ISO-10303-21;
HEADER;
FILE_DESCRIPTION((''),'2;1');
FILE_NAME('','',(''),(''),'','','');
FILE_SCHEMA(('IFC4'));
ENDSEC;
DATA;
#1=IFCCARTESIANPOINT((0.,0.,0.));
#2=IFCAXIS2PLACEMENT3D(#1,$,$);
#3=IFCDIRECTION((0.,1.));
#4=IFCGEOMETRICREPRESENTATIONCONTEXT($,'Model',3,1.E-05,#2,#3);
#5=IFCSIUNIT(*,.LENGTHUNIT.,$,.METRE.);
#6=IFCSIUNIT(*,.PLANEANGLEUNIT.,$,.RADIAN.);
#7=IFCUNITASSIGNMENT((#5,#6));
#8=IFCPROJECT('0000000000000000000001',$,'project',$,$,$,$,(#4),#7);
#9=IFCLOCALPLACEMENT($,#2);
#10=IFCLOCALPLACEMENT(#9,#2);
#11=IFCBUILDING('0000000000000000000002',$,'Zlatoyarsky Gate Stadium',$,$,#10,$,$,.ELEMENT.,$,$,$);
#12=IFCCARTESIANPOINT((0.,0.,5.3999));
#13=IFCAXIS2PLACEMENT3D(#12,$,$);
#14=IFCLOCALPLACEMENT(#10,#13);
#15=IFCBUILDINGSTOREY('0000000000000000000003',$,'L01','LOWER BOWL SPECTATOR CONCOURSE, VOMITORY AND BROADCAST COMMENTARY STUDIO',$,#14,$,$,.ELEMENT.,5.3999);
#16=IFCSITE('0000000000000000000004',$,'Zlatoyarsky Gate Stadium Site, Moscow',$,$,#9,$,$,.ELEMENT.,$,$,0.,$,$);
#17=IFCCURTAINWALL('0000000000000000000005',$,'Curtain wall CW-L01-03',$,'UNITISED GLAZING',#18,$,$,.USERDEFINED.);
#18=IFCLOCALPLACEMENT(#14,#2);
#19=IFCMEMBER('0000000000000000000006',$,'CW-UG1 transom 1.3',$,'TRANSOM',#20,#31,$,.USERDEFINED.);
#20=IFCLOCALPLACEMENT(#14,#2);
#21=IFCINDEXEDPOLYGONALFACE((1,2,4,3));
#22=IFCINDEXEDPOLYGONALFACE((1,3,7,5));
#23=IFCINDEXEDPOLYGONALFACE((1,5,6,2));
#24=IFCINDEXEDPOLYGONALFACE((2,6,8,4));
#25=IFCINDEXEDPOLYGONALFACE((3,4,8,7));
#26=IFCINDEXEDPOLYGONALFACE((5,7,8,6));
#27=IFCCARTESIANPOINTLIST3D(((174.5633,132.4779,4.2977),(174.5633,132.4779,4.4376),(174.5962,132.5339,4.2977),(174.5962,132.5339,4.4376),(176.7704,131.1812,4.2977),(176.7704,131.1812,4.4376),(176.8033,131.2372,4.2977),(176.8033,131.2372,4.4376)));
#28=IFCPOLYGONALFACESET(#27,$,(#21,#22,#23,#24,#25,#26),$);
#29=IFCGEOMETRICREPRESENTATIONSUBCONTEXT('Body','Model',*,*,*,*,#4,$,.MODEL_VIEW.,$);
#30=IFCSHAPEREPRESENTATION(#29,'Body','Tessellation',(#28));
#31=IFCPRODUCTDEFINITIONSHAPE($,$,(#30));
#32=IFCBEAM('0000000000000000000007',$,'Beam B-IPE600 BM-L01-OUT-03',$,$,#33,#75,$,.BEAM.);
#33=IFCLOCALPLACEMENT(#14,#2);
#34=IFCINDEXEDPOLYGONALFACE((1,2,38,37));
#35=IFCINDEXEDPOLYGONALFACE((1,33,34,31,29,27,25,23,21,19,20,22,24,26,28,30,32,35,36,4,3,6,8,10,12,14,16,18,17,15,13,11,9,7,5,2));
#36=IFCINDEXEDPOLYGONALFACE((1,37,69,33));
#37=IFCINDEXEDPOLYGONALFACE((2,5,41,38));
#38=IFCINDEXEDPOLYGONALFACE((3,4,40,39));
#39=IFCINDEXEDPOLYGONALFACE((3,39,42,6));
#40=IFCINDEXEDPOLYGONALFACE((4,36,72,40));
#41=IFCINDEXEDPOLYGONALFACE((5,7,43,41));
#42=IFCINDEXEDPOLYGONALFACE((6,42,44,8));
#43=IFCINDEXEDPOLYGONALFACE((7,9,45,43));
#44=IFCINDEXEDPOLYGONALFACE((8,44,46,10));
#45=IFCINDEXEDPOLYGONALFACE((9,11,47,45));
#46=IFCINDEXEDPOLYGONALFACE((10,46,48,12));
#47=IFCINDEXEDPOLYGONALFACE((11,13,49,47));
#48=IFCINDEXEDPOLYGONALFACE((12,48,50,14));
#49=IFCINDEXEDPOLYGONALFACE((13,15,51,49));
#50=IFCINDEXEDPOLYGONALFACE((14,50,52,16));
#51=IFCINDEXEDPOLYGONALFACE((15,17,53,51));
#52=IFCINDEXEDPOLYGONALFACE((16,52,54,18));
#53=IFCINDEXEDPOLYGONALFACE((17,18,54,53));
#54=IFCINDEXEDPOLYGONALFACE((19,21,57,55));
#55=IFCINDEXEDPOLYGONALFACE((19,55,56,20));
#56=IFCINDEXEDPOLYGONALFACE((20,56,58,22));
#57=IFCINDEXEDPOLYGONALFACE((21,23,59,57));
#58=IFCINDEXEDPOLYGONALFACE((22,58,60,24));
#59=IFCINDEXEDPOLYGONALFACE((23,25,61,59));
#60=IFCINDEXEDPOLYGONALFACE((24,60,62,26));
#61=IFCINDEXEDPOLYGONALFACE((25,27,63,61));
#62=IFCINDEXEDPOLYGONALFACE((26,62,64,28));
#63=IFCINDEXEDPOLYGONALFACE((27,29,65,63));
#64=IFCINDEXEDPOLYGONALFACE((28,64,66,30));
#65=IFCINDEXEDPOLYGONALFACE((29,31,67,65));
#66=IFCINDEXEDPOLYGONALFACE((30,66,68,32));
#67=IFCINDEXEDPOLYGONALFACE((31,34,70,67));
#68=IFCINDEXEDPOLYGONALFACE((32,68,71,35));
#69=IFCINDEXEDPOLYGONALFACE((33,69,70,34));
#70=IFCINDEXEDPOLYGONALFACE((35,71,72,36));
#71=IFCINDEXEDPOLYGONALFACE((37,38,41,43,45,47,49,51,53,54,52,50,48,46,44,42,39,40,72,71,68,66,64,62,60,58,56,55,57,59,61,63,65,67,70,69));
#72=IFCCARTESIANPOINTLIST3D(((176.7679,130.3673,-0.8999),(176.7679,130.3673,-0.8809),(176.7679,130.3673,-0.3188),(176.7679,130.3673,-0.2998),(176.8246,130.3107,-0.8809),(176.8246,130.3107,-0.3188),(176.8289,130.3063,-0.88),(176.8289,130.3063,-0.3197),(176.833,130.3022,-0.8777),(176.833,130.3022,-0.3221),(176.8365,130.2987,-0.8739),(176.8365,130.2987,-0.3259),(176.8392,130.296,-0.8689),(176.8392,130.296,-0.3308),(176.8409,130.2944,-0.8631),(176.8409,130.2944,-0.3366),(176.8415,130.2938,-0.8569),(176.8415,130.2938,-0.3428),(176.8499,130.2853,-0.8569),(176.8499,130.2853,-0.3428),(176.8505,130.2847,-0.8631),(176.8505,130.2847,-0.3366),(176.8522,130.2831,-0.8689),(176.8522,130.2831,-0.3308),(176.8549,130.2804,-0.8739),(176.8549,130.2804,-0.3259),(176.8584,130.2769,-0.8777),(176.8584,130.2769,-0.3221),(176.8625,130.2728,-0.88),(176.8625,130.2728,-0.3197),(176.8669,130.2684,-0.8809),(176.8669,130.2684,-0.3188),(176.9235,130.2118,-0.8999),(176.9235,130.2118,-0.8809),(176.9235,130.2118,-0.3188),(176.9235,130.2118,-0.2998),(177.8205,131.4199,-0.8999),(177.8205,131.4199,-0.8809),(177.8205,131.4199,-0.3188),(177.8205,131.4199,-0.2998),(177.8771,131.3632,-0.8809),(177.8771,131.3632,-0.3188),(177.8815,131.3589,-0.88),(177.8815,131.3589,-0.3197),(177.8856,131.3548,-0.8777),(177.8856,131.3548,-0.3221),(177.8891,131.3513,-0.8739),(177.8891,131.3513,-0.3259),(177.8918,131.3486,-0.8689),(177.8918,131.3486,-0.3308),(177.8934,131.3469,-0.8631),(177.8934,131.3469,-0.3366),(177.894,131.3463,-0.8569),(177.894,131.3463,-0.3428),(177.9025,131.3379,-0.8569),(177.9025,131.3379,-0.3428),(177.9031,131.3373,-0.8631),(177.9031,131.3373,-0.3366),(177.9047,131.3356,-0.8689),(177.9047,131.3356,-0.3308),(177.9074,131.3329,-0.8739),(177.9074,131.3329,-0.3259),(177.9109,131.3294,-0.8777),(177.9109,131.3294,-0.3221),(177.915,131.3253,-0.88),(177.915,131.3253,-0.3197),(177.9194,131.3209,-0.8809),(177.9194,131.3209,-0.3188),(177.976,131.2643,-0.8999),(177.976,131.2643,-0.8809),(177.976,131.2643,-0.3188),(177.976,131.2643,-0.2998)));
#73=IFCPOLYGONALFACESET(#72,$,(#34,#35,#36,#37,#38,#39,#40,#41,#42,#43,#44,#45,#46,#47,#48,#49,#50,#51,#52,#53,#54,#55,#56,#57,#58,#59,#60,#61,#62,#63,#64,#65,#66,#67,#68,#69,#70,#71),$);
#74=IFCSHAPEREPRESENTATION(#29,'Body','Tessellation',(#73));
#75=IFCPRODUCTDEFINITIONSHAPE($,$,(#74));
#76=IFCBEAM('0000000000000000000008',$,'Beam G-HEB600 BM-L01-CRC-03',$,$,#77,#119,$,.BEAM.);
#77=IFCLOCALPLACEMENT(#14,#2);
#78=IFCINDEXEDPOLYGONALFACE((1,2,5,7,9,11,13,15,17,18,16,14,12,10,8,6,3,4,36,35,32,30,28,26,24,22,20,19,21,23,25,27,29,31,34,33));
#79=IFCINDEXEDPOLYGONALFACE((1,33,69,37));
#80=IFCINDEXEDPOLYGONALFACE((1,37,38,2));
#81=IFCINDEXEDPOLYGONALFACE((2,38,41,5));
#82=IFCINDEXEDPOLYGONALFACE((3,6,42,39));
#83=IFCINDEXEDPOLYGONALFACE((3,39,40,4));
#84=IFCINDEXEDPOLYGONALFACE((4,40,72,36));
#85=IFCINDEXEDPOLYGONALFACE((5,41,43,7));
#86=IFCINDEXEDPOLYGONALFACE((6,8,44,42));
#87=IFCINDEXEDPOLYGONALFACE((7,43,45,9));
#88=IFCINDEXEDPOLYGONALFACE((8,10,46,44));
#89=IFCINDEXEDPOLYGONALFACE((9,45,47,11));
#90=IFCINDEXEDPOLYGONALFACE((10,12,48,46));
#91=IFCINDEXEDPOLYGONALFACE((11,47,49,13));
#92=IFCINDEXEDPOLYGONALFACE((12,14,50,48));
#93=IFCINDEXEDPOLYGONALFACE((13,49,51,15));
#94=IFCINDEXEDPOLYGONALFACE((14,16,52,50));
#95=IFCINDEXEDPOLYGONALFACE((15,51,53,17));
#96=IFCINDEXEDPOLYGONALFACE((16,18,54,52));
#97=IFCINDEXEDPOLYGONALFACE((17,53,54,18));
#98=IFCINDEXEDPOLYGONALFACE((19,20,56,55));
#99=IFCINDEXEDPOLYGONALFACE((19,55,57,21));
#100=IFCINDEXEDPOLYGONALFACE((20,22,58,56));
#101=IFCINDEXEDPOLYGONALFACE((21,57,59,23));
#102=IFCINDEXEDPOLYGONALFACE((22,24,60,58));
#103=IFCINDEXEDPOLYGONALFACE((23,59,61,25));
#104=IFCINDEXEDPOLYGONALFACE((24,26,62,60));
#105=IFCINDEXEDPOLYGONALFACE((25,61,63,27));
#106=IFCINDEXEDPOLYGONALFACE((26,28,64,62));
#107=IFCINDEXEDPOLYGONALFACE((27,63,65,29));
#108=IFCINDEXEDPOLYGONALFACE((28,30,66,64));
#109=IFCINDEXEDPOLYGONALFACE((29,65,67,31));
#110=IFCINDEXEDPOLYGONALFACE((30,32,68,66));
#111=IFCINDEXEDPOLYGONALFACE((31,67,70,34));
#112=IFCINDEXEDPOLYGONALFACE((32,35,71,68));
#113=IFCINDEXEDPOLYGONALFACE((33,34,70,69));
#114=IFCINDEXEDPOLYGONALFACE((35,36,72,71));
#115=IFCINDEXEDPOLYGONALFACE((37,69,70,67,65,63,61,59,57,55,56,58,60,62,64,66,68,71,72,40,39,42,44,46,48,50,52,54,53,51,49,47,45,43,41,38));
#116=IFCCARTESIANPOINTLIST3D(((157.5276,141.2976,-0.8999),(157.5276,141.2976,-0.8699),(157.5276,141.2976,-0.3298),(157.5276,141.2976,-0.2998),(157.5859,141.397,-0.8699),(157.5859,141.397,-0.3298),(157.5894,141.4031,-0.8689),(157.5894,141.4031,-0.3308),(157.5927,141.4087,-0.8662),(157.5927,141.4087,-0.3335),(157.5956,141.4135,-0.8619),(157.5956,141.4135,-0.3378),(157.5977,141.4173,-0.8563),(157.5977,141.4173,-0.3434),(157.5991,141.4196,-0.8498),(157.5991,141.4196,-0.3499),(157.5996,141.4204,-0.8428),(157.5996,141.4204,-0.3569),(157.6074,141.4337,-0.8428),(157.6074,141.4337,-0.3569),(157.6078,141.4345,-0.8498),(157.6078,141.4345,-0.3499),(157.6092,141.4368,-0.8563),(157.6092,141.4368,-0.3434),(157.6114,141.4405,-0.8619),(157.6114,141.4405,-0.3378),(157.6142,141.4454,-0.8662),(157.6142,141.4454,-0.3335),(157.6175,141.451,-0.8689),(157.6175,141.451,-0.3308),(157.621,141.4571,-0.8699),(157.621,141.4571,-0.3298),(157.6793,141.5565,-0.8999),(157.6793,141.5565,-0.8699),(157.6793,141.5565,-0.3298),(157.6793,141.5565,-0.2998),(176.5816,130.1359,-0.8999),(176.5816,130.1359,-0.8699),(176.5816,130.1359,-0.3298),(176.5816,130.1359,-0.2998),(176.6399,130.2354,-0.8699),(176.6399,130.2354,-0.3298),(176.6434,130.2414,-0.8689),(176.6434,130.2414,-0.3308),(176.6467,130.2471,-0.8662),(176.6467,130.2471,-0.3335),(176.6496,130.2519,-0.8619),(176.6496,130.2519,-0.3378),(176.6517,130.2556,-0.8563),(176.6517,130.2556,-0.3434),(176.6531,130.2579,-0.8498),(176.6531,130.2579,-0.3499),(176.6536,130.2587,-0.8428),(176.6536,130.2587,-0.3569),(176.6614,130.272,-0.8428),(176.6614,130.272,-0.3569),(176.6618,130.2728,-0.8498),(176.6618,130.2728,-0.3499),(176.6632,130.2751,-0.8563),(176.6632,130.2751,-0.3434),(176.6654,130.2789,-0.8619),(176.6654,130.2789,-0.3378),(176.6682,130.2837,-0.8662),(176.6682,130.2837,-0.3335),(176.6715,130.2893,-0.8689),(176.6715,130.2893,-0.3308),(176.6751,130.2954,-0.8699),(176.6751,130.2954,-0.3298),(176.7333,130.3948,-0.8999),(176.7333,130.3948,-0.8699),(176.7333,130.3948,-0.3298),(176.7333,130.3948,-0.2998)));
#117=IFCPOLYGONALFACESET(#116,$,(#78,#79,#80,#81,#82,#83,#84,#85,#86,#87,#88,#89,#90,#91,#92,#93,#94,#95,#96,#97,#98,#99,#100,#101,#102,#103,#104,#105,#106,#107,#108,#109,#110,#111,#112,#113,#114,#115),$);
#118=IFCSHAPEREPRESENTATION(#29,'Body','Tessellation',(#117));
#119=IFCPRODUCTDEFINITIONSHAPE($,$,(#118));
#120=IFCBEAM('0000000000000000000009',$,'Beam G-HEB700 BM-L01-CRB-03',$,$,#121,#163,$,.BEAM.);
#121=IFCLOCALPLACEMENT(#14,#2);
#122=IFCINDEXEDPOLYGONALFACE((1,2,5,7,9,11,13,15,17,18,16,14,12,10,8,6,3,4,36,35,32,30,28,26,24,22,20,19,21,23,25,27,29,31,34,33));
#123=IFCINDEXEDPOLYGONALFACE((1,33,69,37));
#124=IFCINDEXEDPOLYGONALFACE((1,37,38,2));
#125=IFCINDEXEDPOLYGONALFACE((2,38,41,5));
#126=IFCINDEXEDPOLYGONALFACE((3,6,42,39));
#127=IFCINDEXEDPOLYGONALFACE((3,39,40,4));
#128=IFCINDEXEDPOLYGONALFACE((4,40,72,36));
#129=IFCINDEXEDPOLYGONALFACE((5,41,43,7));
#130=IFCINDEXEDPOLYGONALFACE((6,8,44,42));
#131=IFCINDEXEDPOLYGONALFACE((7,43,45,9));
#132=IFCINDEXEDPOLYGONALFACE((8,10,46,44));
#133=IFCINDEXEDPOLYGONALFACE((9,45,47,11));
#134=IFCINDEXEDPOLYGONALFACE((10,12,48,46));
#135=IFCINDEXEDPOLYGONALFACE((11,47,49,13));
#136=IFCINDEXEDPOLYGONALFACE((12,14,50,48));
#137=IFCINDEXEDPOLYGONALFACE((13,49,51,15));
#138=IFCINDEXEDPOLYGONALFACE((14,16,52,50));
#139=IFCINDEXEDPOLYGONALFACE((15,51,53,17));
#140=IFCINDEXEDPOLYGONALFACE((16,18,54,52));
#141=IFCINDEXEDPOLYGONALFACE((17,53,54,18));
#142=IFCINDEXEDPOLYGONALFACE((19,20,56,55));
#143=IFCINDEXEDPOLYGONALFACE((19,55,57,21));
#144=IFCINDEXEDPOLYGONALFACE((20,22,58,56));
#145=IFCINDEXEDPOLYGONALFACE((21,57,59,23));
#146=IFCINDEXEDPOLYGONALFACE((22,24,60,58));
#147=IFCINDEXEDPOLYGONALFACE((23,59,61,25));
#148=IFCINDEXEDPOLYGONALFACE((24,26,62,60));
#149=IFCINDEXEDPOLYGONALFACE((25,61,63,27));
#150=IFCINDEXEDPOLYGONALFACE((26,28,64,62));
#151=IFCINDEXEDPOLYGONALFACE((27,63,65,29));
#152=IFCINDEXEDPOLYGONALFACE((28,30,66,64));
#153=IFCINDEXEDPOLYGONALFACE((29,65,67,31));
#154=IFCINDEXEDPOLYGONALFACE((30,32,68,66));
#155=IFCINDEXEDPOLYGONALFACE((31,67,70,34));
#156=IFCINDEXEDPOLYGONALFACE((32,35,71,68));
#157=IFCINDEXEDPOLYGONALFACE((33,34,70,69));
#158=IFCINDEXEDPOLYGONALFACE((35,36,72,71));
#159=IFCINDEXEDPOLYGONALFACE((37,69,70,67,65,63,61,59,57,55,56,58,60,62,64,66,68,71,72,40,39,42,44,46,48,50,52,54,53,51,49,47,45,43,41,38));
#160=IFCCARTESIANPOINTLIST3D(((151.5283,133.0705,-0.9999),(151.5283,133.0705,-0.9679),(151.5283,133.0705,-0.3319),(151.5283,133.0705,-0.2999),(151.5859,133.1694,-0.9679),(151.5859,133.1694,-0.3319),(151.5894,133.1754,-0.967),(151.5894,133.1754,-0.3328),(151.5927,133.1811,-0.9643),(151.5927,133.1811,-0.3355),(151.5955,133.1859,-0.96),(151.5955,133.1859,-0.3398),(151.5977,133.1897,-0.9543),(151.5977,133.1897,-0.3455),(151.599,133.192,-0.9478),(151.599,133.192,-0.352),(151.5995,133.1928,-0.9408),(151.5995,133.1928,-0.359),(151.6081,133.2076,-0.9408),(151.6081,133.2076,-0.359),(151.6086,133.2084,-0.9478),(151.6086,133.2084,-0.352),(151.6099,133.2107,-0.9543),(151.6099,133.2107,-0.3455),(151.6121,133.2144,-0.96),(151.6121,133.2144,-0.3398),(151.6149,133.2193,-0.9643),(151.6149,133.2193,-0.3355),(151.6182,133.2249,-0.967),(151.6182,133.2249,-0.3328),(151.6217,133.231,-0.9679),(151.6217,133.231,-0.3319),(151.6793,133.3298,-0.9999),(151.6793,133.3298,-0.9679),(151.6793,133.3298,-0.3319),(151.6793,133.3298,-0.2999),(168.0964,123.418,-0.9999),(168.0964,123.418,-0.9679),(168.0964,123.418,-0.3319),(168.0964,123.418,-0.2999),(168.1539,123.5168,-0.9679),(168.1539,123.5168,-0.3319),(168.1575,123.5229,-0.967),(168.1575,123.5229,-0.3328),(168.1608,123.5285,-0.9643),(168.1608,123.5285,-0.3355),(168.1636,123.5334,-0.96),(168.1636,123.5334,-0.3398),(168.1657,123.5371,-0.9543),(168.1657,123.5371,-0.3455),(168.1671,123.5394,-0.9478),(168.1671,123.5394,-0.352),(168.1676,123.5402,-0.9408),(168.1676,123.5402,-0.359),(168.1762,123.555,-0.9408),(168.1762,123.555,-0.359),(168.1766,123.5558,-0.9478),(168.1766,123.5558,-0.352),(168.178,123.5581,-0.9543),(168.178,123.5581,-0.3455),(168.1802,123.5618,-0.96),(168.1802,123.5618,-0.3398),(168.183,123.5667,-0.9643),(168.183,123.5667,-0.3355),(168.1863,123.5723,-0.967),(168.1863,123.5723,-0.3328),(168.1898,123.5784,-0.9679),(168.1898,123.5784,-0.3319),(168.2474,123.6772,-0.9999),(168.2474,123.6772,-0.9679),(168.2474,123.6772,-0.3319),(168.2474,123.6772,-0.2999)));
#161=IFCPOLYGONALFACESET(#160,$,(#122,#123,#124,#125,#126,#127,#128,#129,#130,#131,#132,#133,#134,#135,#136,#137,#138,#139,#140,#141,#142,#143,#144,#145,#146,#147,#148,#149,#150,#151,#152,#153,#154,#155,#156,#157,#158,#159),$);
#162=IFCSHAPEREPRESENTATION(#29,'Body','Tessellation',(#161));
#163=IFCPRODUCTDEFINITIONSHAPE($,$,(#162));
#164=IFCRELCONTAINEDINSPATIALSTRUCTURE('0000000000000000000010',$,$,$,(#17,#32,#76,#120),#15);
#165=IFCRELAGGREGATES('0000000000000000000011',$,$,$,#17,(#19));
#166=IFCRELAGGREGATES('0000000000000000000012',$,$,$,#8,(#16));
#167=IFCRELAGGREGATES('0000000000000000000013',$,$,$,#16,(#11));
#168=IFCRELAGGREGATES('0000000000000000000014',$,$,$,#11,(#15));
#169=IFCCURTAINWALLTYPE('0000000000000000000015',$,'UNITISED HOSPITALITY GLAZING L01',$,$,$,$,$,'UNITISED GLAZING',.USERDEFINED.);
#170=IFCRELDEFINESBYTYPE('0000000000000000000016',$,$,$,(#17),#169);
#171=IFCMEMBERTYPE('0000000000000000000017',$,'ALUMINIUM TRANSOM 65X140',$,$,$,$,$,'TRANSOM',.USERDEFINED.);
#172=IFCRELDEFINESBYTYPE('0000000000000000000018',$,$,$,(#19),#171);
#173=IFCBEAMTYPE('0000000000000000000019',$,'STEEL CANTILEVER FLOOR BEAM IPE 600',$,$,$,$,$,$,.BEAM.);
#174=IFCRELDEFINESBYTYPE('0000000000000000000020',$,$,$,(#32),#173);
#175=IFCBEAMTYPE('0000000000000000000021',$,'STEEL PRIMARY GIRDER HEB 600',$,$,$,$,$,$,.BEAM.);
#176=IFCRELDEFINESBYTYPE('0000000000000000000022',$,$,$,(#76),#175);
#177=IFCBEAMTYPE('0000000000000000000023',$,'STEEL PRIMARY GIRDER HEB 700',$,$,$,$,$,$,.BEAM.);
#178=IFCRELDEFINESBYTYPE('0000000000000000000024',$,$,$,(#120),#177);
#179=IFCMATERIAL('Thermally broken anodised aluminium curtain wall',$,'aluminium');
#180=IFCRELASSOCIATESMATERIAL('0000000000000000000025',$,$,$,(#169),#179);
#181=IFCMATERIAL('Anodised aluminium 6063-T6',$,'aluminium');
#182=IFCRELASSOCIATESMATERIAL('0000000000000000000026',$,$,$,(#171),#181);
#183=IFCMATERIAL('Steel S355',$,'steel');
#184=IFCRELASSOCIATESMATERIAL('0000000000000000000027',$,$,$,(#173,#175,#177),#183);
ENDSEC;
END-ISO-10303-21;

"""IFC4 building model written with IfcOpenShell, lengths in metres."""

from ifc_helpers import new_model, si_unit, direction, frame, origin, origin_2d, place, context, subcontext, project, spatial, rectangle, i_section, extrude, material, material_profile, profile_set, type_object, element, aggregate, save


model = new_model("IFC4")

# Units and contexts
model_context = context("Model", 3, precision=1e-05, world=origin(), true_north=direction((0.0, 1.0)))
body_context = subcontext(model_context, "Body", "Model", "MODEL_VIEW")
ifc_project = project(units=[si_unit("LENGTHUNIT", "METRE"), si_unit("PLANEANGLEUNIT", "RADIAN")], contexts=[model_context])

# Site, building, storey
site_placement = place(None, origin())
site = spatial("IfcSite", under=ifc_project, at=site_placement, Name="Zlatoyarsky Gate Stadium Site, Moscow", CompositionType="ELEMENT", RefElevation=0.0)
building_placement = place(site_placement, origin())
building = spatial("IfcBuilding", under=site, at=building_placement, Name="Zlatoyarsky Gate Stadium", CompositionType="ELEMENT")
storey_placement = place(building_placement, frame((0.0, 0.0, 5.3999)))
storey = spatial("IfcBuildingStorey", under=building, at=storey_placement, Name="L01", Description="LOWER BOWL SPECTATOR CONCOURSE, VOMITORY AND BROADCAST COMMENTARY STUDIO", CompositionType="ELEMENT", Elevation=5.3999)

# Shared definitions
ifc_material_1 = material(Name="Steel S355", Category="steel")

# Shared definitions
ifc_material_2 = material(Name="Thermally broken anodised aluminium curtain wall", Category="aluminium")
curtain_wall_type = type_object("IfcCurtainWallType", Name="UNITISED HOSPITALITY GLAZING L01", ElementType="UNITISED GLAZING", PredefinedType="USERDEFINED", material=ifc_material_2)
ifc_material_3 = material(Name="Anodised aluminium 6063-T6", Category="aluminium")

# Curtain wall
curtain_wall_1_placement = place(storey_placement, origin())
curtain_wall_1 = element("IfcCurtainWall", 1, at=curtain_wall_1_placement, inside=storey, type_object=curtain_wall_type, Name="Curtain wall CW-L01-03", ObjectType="UNITISED GLAZING", PredefinedType="USERDEFINED")

# Member
ifc_material_profile_1 = material_profile(ifc_material_3, rectangle(XDim=0.0649, YDim=0.1399, at=origin_2d()), Name="ALU 65X140")
ifc_profile_set_1 = profile_set([ifc_material_profile_1], Name="Anodised aluminium 6063-T6")
member_type_1 = type_object("IfcMemberType", Name="ALUMINIUM TRANSOM 65X140", ElementType="TRANSOM", PredefinedType="USERDEFINED", material=ifc_profile_set_1)
member_1_placement = place(storey_placement, frame((176.7869, 131.2092, 4.3677), z_axis=(-0.862211, 0.506549, 0.0), x_axis=(-0.506549, -0.862211, 0.0)))
member_1 = element("IfcMember", 2, at=member_1_placement, type_object=member_type_1, Name="CW-UG1 transom 1.3", ObjectType="TRANSOM", PredefinedType="USERDEFINED", context=body_context, shape_type="SweptSolid", body=[
    extrude(rectangle(XDim=0.0649, YDim=0.1399, at=origin_2d()), origin(), (0.0, 0.0, 1.0), 2.5598),
])
aggregate(curtain_wall_1, [member_1])

# Beams
ifc_material_profile_2 = material_profile(ifc_material_1, i_section(OverallWidth=0.22, OverallDepth=0.6001, WebThickness=0.012, FlangeThickness=0.019, FilletRadius=0.0239, at=origin_2d()), Name="IPE 600")
ifc_profile_set_2 = profile_set([ifc_material_profile_2], Name="Steel S355")
beam_type_1 = type_object("IfcBeamType", Name="STEEL CANTILEVER FLOOR BEAM IPE 600", PredefinedType="BEAM", material=ifc_profile_set_2)
beam_1_placement = place(storey_placement, frame((176.8457, 130.2896, -0.5999), z_axis=(0.707107, 0.707107, 0.0), x_axis=(-0.707107, 0.707107, 0.0)))
element("IfcBeam", 3, at=beam_1_placement, inside=storey, type_object=beam_type_1, Name="Beam B-IPE600 BM-L01-OUT-03", PredefinedType="BEAM", context=body_context, shape_type="SweptSolid", body=[
    extrude(i_section(OverallWidth=0.22, OverallDepth=0.6001, WebThickness=0.012, FlangeThickness=0.019, FilletRadius=0.0239, at=origin_2d()), origin(), (0.0, 0.0, 1.0), 1.4885),
])
ifc_material_profile_3 = material_profile(ifc_material_1, i_section(OverallWidth=0.3, OverallDepth=0.6001, WebThickness=0.0154, FlangeThickness=0.03, FilletRadius=0.0271, at=origin_2d()), Name="HEB 600")
ifc_profile_set_3 = profile_set([ifc_material_profile_3], Name="Steel S355")
beam_type_2 = type_object("IfcBeamType", Name="STEEL PRIMARY GIRDER HEB 600", PredefinedType="BEAM", material=ifc_profile_set_3)
beam_2_placement = place(storey_placement, frame((176.6575, 130.2654, -0.5999), z_axis=(-0.862855, 0.505452, 0.0), x_axis=(-0.505452, -0.862855, 0.0)))
element("IfcBeam", 4, at=beam_2_placement, inside=storey, type_object=beam_type_2, Name="Beam G-HEB600 BM-L01-CRC-03", PredefinedType="BEAM", context=body_context, shape_type="SweptSolid", body=[
    extrude(i_section(OverallWidth=0.3, OverallDepth=0.6001, WebThickness=0.0154, FlangeThickness=0.03, FilletRadius=0.0271, at=origin_2d()), origin(), (0.0, 0.0, 1.0), 22.0825),
])
ifc_material_profile_4 = material_profile(ifc_material_1, i_section(OverallWidth=0.3, OverallDepth=0.7, WebThickness=0.0171, FlangeThickness=0.032, FilletRadius=0.0271, at=origin_2d()), Name="HEB 700")
ifc_profile_set_4 = profile_set([ifc_material_profile_4], Name="Steel S355")
beam_type_3 = type_object("IfcBeamType", Name="STEEL PRIMARY GIRDER HEB 700", PredefinedType="BEAM", material=ifc_profile_set_4)
beam_3_placement = place(storey_placement, frame((168.1719, 123.5476, -0.6499), z_axis=(-0.864054, 0.503398, 0.0), x_axis=(-0.503398, -0.864054, 0.0)))
element("IfcBeam", 5, at=beam_3_placement, inside=storey, type_object=beam_type_3, Name="Beam G-HEB700 BM-L01-CRB-03", PredefinedType="BEAM", context=body_context, shape_type="SweptSolid", body=[
    extrude(i_section(OverallWidth=0.3, OverallDepth=0.7, WebThickness=0.0171, FlangeThickness=0.032, FilletRadius=0.0271, at=origin_2d()), origin(), (0.0, 0.0, 1.0), 19.1748),
])

save(model, "model.ifc")
